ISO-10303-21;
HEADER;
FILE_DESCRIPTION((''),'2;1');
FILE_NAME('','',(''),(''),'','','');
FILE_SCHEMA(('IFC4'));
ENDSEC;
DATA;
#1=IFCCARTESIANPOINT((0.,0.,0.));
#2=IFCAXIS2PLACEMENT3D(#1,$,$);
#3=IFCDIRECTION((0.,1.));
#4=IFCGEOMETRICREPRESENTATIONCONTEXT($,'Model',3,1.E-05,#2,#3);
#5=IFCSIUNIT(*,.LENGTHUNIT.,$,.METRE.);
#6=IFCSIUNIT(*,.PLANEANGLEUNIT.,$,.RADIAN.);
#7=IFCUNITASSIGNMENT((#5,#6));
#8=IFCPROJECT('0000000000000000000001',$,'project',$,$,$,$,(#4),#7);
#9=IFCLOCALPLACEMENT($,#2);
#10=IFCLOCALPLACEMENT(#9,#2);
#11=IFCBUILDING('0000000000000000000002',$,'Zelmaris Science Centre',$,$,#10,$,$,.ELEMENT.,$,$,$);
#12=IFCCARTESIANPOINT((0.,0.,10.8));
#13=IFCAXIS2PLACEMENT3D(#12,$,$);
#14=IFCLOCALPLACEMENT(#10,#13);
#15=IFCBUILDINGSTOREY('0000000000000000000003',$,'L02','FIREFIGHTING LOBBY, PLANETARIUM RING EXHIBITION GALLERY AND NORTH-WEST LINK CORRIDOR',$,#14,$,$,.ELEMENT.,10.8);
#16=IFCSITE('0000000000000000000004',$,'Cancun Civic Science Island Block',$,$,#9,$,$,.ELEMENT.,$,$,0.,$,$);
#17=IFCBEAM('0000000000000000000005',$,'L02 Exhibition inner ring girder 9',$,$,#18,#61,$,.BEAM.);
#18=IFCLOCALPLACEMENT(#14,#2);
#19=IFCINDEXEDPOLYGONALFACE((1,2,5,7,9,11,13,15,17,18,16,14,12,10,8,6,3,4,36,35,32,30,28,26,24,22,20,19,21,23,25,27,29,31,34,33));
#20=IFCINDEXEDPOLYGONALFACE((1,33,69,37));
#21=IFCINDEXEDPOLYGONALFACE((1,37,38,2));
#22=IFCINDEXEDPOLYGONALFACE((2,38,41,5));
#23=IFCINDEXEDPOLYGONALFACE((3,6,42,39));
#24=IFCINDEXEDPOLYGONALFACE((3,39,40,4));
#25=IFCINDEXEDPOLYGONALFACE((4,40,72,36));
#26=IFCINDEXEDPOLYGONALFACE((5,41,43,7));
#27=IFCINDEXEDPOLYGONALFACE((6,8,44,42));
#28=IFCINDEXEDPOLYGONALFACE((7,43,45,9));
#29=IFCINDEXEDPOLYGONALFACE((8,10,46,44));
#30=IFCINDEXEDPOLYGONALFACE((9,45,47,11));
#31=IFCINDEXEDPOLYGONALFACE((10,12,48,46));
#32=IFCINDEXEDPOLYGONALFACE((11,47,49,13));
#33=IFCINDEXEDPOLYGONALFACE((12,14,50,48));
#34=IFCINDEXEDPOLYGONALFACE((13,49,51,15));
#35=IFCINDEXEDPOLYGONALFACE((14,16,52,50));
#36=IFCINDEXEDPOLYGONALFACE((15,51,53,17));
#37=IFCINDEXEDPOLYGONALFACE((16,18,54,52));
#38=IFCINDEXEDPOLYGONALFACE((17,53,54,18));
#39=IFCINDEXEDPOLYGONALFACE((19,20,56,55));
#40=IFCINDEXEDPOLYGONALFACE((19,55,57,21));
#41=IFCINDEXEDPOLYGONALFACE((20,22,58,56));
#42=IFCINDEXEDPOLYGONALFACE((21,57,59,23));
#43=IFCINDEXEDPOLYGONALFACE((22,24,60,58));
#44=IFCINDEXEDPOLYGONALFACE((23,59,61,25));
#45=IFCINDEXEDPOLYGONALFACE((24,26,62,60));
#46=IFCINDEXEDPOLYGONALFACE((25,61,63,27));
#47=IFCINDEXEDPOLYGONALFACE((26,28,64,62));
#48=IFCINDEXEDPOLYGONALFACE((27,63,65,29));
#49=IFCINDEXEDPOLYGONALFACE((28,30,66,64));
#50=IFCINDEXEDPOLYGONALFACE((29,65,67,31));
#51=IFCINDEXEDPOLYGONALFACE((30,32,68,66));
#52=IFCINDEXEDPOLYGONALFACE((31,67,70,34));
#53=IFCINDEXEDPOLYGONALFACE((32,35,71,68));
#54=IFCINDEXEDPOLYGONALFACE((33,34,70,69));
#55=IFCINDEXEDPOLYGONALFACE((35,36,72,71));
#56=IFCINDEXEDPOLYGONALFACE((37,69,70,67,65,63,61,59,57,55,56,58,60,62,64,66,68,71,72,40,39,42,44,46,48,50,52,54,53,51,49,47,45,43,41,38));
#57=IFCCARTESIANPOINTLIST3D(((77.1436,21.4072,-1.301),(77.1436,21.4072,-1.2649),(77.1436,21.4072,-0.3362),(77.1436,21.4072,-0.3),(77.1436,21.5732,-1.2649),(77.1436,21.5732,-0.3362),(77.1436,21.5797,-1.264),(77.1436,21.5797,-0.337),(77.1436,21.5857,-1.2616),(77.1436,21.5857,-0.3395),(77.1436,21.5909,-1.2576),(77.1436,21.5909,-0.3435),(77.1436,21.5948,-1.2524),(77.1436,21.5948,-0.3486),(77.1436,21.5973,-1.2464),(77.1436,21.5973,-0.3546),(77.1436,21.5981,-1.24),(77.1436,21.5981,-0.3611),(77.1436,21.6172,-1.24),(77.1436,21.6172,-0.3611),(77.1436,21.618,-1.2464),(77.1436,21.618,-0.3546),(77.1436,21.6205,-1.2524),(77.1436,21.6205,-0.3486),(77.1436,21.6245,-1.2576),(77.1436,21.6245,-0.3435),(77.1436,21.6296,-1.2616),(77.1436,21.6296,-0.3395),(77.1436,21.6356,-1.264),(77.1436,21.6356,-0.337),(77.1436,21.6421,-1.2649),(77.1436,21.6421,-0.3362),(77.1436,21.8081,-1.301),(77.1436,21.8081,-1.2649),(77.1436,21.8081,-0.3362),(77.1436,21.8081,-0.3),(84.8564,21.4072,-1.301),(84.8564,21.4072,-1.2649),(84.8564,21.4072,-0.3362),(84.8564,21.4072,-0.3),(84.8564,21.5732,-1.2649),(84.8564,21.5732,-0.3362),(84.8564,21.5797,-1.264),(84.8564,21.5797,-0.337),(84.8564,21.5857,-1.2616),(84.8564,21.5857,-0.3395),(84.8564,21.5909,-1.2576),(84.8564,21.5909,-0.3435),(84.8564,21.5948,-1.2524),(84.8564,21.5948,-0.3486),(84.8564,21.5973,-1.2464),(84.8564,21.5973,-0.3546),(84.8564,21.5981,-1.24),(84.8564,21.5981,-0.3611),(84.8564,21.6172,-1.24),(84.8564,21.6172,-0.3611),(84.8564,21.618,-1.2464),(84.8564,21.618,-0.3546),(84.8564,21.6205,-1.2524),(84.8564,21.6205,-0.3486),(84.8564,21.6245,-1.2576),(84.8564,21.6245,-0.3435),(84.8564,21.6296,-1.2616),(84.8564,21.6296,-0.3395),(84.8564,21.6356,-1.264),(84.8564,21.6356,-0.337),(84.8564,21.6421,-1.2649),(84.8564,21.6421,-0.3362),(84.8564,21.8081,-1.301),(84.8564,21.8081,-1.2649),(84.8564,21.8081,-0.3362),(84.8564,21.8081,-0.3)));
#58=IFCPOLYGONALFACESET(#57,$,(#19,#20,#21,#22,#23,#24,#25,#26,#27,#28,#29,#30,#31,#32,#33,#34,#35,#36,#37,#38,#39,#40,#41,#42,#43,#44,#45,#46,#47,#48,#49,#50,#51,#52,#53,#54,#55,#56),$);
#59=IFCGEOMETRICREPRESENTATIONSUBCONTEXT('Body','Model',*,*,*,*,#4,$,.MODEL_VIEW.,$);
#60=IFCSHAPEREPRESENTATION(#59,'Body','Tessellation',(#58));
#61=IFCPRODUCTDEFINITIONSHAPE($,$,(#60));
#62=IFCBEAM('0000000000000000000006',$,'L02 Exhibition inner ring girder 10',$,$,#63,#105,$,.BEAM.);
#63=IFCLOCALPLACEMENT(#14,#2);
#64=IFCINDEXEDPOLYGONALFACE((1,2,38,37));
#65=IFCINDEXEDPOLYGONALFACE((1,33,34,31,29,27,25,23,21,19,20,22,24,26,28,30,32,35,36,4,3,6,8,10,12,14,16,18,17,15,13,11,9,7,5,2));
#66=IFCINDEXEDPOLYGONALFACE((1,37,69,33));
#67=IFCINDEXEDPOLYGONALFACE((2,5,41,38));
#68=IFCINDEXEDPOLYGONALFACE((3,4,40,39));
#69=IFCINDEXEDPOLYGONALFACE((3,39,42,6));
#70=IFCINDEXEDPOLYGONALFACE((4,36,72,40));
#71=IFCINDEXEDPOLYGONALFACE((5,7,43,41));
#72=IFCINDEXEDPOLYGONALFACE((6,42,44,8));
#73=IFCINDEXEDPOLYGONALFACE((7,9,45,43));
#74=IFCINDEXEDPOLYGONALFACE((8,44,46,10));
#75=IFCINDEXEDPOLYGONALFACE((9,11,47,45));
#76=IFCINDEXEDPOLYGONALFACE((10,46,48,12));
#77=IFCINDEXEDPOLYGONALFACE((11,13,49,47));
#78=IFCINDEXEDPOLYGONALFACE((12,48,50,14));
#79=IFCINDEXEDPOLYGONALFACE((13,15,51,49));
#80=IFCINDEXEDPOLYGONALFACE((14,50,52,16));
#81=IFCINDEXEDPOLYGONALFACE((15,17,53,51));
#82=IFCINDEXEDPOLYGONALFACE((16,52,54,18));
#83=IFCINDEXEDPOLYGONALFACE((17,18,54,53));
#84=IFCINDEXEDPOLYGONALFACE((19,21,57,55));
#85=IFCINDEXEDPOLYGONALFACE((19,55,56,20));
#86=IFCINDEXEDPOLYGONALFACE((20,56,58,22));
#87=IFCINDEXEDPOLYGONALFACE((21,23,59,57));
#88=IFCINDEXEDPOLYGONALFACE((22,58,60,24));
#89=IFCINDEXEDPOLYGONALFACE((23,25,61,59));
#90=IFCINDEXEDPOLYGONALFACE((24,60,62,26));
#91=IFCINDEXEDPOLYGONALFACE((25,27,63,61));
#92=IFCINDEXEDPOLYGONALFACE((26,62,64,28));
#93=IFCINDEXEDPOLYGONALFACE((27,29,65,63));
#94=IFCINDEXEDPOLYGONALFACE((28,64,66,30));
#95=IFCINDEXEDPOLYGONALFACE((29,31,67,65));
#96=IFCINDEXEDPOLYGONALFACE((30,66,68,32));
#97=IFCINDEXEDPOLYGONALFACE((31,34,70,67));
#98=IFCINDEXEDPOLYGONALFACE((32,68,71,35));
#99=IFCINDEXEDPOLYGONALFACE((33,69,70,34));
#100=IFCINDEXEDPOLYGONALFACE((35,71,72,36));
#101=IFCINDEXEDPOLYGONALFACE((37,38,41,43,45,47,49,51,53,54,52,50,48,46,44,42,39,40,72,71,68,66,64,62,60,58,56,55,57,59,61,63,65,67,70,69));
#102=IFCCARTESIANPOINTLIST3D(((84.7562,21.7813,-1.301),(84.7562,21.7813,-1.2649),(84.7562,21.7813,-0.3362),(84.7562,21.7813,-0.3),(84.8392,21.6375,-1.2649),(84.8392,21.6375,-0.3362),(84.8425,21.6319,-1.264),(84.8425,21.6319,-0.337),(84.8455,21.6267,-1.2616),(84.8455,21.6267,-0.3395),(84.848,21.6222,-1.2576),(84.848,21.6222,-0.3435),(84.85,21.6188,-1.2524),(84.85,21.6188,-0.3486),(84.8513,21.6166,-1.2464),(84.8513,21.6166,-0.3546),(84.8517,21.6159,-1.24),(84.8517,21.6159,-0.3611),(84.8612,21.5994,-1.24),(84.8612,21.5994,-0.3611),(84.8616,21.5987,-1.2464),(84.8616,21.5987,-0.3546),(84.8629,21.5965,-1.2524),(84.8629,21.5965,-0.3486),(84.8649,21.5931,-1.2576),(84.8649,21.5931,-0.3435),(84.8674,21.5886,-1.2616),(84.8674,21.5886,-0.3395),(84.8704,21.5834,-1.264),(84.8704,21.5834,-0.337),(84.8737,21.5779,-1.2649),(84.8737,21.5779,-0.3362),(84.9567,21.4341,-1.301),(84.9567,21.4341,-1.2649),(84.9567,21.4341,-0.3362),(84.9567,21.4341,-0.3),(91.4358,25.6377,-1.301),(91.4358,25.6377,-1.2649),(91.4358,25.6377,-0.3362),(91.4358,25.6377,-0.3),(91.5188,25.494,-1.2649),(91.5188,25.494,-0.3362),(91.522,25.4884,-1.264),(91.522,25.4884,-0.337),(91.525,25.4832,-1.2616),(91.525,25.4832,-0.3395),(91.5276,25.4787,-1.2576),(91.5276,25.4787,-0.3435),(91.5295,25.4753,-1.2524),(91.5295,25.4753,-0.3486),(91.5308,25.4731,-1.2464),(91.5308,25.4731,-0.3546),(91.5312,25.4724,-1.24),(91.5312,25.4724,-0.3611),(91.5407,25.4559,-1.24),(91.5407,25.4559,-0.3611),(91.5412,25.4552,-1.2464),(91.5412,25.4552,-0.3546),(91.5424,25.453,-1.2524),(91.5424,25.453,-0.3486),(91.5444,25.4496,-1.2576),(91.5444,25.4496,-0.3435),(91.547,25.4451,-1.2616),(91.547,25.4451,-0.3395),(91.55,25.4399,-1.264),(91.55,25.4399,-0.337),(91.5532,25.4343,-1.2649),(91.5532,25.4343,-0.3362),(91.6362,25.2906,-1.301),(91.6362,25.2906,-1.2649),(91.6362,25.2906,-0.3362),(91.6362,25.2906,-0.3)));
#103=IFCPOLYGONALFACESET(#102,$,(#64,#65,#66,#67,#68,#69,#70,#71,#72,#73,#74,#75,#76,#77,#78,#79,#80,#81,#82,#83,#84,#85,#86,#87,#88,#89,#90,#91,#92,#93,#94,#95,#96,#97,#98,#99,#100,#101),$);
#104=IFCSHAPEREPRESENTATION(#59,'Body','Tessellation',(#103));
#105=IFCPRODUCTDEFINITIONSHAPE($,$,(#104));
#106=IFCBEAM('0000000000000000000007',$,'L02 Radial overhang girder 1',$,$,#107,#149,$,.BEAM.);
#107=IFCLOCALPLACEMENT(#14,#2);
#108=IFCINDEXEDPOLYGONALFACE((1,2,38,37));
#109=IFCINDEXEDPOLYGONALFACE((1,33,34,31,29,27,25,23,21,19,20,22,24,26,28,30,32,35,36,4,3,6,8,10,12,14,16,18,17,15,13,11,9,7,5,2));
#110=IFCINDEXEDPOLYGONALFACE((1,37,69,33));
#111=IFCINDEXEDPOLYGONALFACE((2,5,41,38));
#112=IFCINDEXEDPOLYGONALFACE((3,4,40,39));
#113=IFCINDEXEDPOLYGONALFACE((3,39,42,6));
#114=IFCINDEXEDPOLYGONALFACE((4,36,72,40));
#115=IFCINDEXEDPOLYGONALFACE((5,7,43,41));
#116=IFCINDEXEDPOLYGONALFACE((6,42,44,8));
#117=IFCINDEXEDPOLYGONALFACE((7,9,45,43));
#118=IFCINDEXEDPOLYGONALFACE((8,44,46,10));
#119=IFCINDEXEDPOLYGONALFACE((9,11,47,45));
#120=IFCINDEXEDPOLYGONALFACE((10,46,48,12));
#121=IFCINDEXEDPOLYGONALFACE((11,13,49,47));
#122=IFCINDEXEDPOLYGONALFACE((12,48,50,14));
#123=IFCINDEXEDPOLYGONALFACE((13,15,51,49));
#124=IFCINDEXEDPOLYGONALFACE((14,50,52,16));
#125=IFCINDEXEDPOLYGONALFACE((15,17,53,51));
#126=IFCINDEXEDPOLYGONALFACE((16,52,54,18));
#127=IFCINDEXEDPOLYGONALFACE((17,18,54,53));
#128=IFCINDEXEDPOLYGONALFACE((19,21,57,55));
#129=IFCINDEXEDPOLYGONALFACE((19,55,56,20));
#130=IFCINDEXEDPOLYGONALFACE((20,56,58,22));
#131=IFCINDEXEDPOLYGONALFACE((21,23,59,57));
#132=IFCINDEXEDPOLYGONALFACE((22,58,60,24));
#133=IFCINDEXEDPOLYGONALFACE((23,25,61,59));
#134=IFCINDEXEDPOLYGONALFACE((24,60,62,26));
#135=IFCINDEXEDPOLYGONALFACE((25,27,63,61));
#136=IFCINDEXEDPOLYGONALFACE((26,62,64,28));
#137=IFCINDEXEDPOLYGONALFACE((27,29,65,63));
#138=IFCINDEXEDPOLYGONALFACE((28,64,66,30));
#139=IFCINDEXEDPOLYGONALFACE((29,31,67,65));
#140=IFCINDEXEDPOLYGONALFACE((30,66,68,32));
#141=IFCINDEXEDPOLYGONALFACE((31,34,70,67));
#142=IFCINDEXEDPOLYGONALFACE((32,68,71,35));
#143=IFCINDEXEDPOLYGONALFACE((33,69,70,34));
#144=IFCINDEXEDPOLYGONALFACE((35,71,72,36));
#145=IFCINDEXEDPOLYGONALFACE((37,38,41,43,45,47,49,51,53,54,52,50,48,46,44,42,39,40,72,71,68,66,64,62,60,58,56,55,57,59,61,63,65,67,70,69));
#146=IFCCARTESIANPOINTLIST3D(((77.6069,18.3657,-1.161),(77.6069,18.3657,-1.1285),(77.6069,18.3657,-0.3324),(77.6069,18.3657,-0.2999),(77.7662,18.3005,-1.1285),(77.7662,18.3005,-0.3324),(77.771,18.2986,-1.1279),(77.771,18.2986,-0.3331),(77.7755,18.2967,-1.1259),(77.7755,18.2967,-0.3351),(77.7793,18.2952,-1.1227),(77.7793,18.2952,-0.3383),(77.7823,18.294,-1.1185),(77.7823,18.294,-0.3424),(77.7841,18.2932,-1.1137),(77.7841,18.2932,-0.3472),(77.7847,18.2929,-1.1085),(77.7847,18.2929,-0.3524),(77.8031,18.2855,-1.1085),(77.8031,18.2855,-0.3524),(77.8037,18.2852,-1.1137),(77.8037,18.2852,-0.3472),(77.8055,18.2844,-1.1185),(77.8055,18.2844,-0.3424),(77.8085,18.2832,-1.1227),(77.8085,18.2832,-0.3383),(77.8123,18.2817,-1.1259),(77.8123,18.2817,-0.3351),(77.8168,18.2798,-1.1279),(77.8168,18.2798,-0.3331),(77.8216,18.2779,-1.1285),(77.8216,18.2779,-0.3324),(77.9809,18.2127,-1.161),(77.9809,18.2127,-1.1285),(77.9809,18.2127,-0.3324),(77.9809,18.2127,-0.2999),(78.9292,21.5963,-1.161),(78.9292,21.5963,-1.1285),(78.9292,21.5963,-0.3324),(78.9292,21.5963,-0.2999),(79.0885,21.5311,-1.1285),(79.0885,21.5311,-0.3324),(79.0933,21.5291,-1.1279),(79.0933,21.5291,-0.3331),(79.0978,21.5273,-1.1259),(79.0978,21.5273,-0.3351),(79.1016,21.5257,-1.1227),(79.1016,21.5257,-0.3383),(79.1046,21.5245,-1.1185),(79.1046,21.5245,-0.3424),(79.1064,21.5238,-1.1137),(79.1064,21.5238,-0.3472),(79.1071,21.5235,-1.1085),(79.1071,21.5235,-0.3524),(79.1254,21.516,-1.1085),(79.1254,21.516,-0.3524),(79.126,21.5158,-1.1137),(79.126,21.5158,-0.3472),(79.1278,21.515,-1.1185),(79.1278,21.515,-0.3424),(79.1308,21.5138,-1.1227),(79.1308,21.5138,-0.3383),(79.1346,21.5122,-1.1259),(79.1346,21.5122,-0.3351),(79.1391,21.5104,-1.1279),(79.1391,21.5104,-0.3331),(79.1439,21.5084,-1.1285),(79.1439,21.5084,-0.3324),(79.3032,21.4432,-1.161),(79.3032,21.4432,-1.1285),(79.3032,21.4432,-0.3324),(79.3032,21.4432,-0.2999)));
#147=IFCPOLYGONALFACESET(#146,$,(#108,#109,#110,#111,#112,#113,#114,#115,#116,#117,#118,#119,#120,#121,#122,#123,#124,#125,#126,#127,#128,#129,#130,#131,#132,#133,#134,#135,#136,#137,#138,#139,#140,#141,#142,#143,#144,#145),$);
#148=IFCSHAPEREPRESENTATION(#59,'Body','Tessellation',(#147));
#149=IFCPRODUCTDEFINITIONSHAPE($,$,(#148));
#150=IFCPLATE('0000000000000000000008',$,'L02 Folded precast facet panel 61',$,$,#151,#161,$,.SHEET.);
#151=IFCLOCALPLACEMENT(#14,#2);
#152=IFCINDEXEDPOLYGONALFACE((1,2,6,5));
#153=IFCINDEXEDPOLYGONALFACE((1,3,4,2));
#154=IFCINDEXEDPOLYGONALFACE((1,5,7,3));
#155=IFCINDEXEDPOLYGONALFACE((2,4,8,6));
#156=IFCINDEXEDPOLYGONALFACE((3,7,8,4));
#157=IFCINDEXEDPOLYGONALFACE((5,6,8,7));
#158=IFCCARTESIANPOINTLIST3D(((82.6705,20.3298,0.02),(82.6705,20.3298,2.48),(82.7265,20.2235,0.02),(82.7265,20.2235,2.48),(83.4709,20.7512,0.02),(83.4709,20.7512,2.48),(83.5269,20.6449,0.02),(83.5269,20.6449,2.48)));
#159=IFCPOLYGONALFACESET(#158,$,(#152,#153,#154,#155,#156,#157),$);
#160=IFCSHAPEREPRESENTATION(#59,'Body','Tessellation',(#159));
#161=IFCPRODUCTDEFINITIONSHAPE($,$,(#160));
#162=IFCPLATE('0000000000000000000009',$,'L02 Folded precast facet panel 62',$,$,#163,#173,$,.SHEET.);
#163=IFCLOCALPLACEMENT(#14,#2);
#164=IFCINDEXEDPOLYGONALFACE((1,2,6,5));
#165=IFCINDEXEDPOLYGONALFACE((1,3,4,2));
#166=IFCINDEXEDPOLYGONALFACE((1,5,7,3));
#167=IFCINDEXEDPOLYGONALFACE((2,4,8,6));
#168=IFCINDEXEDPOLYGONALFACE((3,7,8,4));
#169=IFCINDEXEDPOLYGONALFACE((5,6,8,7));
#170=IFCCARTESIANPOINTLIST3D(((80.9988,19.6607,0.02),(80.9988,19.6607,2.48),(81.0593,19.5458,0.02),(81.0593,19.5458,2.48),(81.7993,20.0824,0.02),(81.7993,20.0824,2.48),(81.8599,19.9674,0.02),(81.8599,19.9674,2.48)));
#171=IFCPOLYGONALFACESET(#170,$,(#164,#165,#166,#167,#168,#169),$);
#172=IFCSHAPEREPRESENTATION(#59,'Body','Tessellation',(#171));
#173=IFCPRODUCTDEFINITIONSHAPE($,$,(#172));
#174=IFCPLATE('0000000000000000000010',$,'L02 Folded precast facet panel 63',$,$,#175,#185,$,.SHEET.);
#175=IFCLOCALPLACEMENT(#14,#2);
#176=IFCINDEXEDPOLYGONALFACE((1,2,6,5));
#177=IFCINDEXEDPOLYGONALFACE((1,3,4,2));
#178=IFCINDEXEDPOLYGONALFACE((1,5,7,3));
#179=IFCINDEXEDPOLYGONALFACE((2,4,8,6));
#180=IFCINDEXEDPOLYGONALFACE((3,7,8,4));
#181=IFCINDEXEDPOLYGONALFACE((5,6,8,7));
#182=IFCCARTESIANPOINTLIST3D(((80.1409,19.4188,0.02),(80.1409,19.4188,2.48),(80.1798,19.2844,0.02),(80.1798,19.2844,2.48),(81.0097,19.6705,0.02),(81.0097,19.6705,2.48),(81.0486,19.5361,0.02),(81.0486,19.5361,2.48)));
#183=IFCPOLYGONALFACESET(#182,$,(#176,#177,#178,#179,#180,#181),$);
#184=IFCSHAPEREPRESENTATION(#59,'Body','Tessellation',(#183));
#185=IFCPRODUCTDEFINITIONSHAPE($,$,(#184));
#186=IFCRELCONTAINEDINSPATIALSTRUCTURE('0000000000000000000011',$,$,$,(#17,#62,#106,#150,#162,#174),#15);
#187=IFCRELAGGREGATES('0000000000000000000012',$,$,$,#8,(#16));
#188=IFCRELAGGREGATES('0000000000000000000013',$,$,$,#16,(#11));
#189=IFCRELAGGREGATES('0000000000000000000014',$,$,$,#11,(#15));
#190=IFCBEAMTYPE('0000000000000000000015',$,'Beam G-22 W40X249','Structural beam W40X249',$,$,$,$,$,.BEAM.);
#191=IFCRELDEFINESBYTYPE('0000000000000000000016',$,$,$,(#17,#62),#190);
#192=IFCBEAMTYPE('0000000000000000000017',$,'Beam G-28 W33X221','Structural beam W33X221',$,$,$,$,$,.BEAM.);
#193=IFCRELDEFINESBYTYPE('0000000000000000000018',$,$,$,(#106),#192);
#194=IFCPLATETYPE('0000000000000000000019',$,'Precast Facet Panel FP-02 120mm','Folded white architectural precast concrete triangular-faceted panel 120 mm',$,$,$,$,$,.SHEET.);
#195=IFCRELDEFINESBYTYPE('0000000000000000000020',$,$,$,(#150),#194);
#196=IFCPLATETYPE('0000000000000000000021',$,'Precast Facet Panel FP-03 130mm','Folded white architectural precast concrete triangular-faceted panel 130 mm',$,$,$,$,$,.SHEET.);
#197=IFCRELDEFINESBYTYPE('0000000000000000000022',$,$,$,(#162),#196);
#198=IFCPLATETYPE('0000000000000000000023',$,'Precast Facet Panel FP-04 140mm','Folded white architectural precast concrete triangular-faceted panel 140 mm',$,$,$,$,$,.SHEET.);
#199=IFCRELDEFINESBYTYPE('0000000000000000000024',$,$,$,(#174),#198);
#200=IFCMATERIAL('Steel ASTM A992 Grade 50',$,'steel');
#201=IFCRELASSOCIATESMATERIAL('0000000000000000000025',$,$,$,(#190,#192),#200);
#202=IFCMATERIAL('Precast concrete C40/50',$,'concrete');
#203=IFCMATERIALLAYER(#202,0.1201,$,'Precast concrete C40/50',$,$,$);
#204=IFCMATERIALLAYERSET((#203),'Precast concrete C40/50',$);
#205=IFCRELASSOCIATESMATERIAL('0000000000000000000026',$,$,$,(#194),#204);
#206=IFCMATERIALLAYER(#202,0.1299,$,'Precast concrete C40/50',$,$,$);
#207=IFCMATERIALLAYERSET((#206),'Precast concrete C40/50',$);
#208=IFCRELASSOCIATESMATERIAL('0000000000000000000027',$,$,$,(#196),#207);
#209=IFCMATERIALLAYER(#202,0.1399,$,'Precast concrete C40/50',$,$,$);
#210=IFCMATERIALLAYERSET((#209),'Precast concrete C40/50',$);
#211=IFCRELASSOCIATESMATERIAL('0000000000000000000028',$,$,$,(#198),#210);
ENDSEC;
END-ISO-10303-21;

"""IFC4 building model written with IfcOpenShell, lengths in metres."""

from ifc_helpers import new_model, si_unit, direction, frame, frame_2d, origin, origin_2d, place, context, subcontext, project, spatial, rectangle, i_section, extrude, material, layer, layer_set, material_profile, profile_set, type_object, element, save


model = new_model("IFC4")

# Units and contexts
model_context = context("Model", 3, precision=1e-05, world=origin(), true_north=direction((0.0, 1.0)))
body_context = subcontext(model_context, "Body", "Model", "MODEL_VIEW")
ifc_project = project(units=[si_unit("LENGTHUNIT", "METRE"), si_unit("PLANEANGLEUNIT", "RADIAN")], contexts=[model_context])

# Site, building, storey
site_placement = place(None, origin())
site = spatial("IfcSite", under=ifc_project, at=site_placement, Name="Cancun Civic Science Island Block", CompositionType="ELEMENT", RefElevation=0.0)
building_placement = place(site_placement, origin())
building = spatial("IfcBuilding", under=site, at=building_placement, Name="Zelmaris Science Centre", CompositionType="ELEMENT")
storey_placement = place(building_placement, frame((0.0, 0.0, 10.8)))
storey = spatial("IfcBuildingStorey", under=building, at=storey_placement, Name="L02", Description="FIREFIGHTING LOBBY, PLANETARIUM RING EXHIBITION GALLERY AND NORTH-WEST LINK CORRIDOR", CompositionType="ELEMENT", Elevation=10.8)

# Shared definitions
ifc_material_1 = material(Name="Steel ASTM A992 Grade 50", Category="steel")

# Beams
ifc_material_profile_1 = material_profile(ifc_material_1, i_section(OverallWidth=0.4009, OverallDepth=1.001, WebThickness=0.019, FlangeThickness=0.0361, FilletRadius=0.0249, at=origin_2d()), Name="W40X249")
ifc_profile_set_1 = profile_set([ifc_material_profile_1], Name="Steel ASTM A992 Grade 50")
beam_type_1 = type_object("IfcBeamType", Name="Beam G-22 W40X249", Description="Structural beam W40X249", PredefinedType="BEAM", material=ifc_profile_set_1)
for number, where, z_axis, x_axis, name in (
    (1, (77.1436, 21.6077, -0.8005), (1.0, 0.0, 0.0), (0.0, 1.0, 0.0), "L02 Exhibition inner ring girder 9"),
    (2, (84.8564, 21.6077, -0.8005), (0.866022, 0.500007, 0.0), (-0.500007, 0.866022, 0.0), "L02 Exhibition inner ring girder 10"),
):
    element("IfcBeam", number, at=place(storey_placement, frame(where, z_axis=z_axis, x_axis=x_axis)), inside=storey, type_object=beam_type_1, Name=name, PredefinedType="BEAM", context=body_context, shape_type="SweptSolid", body=[
        extrude(i_section(OverallWidth=0.4009, OverallDepth=1.001, WebThickness=0.019, FlangeThickness=0.0361, FilletRadius=0.0249, at=origin_2d()), origin(), (0.0, 0.0, 1.0), 7.7129),
    ])
ifc_material_profile_2 = material_profile(ifc_material_1, i_section(OverallWidth=0.4041, OverallDepth=0.8611, WebThickness=0.0198, FlangeThickness=0.0325, FilletRadius=0.02, at=origin_2d()), Name="W33X221")
ifc_profile_set_2 = profile_set([ifc_material_profile_2], Name="Steel ASTM A992 Grade 50")
beam_type_2 = type_object("IfcBeamType", Name="Beam G-28 W33X221", Description="Structural beam W33X221", PredefinedType="BEAM", material=ifc_profile_set_2)
beam_1_placement = place(storey_placement, frame((79.1162, 21.5198, -0.7305), z_axis=(-0.378807, -0.925476, 0.0), x_axis=(0.925476, -0.378807, 0.0)))
element("IfcBeam", 3, at=beam_1_placement, inside=storey, type_object=beam_type_2, Name="L02 Radial overhang girder 1", PredefinedType="BEAM", context=body_context, shape_type="SweptSolid", body=[
    extrude(i_section(OverallWidth=0.4041, OverallDepth=0.8611, WebThickness=0.0198, FlangeThickness=0.0325, FilletRadius=0.02, at=origin_2d()), origin(), (0.0, 0.0, 1.0), 3.4907),
])

# Plates
ifc_material_2 = material(Name="Precast concrete C40/50", Category="concrete")
ifc_layer_1 = layer(ifc_material_2, 0.1201, Name="Precast concrete C40/50")
ifc_layer_set_1 = layer_set([ifc_layer_1], Name="Precast concrete C40/50")
plate_type_1 = type_object("IfcPlateType", Name="Precast Facet Panel FP-02 120mm", Description="Folded white architectural precast concrete triangular-faceted panel 120 mm", PredefinedType="SHEET", material=ifc_layer_set_1)
plate_1_placement = place(storey_placement, frame((83.4988, 20.698, 0.02), z_axis=(0.0, 0.0, 1.0), x_axis=(-0.884836, -0.465902, 0.0)))
element("IfcPlate", 4, at=plate_1_placement, inside=storey, type_object=plate_type_1, Name="L02 Folded precast facet panel 61", PredefinedType="SHEET", context=body_context, shape_type="SweptSolid", body=[
    extrude(rectangle(XDim=0.9045, YDim=0.1201, at=frame_2d((0.4521, 0.0))), origin(), (0.0, 0.0, 1.0), 2.46),
])
ifc_layer_2 = layer(ifc_material_2, 0.1299, Name="Precast concrete C40/50")
ifc_layer_set_2 = layer_set([ifc_layer_2], Name="Precast concrete C40/50")
plate_type_2 = type_object("IfcPlateType", Name="Precast Facet Panel FP-03 130mm", Description="Folded white architectural precast concrete triangular-faceted panel 130 mm", PredefinedType="SHEET", material=ifc_layer_set_2)
plate_2_placement = place(storey_placement, frame((81.8296, 20.0249, 0.02), z_axis=(0.0, 0.0, 1.0), x_axis=(-0.884784, -0.466002, 0.0)))
element("IfcPlate", 5, at=plate_2_placement, inside=storey, type_object=plate_type_2, Name="L02 Folded precast facet panel 62", PredefinedType="SHEET", context=body_context, shape_type="SweptSolid", body=[
    extrude(rectangle(XDim=0.9048, YDim=0.1299, at=frame_2d((0.4524, 0.0))), origin(), (0.0, 0.0, 1.0), 2.46),
])
ifc_layer_3 = layer(ifc_material_2, 0.1399, Name="Precast concrete C40/50")
ifc_layer_set_3 = layer_set([ifc_layer_3], Name="Precast concrete C40/50")
plate_type_3 = type_object("IfcPlateType", Name="Precast Facet Panel FP-04 140mm", Description="Folded white architectural precast concrete triangular-faceted panel 140 mm", PredefinedType="SHEET", material=ifc_layer_set_3)
plate_3_placement = place(storey_placement, frame((81.0291, 19.6033, 0.02), z_axis=(0.0, 0.0, 1.0), x_axis=(-0.960509, -0.278248, 0.0)))
element("IfcPlate", 6, at=plate_3_placement, inside=storey, type_object=plate_type_3, Name="L02 Folded precast facet panel 63", PredefinedType="SHEET", context=body_context, shape_type="SweptSolid", body=[
    extrude(rectangle(XDim=0.9045, YDim=0.1399, at=frame_2d((0.4521, 0.0))), origin(), (0.0, 0.0, 1.0), 2.46),
])

save(model, "model.ifc")
